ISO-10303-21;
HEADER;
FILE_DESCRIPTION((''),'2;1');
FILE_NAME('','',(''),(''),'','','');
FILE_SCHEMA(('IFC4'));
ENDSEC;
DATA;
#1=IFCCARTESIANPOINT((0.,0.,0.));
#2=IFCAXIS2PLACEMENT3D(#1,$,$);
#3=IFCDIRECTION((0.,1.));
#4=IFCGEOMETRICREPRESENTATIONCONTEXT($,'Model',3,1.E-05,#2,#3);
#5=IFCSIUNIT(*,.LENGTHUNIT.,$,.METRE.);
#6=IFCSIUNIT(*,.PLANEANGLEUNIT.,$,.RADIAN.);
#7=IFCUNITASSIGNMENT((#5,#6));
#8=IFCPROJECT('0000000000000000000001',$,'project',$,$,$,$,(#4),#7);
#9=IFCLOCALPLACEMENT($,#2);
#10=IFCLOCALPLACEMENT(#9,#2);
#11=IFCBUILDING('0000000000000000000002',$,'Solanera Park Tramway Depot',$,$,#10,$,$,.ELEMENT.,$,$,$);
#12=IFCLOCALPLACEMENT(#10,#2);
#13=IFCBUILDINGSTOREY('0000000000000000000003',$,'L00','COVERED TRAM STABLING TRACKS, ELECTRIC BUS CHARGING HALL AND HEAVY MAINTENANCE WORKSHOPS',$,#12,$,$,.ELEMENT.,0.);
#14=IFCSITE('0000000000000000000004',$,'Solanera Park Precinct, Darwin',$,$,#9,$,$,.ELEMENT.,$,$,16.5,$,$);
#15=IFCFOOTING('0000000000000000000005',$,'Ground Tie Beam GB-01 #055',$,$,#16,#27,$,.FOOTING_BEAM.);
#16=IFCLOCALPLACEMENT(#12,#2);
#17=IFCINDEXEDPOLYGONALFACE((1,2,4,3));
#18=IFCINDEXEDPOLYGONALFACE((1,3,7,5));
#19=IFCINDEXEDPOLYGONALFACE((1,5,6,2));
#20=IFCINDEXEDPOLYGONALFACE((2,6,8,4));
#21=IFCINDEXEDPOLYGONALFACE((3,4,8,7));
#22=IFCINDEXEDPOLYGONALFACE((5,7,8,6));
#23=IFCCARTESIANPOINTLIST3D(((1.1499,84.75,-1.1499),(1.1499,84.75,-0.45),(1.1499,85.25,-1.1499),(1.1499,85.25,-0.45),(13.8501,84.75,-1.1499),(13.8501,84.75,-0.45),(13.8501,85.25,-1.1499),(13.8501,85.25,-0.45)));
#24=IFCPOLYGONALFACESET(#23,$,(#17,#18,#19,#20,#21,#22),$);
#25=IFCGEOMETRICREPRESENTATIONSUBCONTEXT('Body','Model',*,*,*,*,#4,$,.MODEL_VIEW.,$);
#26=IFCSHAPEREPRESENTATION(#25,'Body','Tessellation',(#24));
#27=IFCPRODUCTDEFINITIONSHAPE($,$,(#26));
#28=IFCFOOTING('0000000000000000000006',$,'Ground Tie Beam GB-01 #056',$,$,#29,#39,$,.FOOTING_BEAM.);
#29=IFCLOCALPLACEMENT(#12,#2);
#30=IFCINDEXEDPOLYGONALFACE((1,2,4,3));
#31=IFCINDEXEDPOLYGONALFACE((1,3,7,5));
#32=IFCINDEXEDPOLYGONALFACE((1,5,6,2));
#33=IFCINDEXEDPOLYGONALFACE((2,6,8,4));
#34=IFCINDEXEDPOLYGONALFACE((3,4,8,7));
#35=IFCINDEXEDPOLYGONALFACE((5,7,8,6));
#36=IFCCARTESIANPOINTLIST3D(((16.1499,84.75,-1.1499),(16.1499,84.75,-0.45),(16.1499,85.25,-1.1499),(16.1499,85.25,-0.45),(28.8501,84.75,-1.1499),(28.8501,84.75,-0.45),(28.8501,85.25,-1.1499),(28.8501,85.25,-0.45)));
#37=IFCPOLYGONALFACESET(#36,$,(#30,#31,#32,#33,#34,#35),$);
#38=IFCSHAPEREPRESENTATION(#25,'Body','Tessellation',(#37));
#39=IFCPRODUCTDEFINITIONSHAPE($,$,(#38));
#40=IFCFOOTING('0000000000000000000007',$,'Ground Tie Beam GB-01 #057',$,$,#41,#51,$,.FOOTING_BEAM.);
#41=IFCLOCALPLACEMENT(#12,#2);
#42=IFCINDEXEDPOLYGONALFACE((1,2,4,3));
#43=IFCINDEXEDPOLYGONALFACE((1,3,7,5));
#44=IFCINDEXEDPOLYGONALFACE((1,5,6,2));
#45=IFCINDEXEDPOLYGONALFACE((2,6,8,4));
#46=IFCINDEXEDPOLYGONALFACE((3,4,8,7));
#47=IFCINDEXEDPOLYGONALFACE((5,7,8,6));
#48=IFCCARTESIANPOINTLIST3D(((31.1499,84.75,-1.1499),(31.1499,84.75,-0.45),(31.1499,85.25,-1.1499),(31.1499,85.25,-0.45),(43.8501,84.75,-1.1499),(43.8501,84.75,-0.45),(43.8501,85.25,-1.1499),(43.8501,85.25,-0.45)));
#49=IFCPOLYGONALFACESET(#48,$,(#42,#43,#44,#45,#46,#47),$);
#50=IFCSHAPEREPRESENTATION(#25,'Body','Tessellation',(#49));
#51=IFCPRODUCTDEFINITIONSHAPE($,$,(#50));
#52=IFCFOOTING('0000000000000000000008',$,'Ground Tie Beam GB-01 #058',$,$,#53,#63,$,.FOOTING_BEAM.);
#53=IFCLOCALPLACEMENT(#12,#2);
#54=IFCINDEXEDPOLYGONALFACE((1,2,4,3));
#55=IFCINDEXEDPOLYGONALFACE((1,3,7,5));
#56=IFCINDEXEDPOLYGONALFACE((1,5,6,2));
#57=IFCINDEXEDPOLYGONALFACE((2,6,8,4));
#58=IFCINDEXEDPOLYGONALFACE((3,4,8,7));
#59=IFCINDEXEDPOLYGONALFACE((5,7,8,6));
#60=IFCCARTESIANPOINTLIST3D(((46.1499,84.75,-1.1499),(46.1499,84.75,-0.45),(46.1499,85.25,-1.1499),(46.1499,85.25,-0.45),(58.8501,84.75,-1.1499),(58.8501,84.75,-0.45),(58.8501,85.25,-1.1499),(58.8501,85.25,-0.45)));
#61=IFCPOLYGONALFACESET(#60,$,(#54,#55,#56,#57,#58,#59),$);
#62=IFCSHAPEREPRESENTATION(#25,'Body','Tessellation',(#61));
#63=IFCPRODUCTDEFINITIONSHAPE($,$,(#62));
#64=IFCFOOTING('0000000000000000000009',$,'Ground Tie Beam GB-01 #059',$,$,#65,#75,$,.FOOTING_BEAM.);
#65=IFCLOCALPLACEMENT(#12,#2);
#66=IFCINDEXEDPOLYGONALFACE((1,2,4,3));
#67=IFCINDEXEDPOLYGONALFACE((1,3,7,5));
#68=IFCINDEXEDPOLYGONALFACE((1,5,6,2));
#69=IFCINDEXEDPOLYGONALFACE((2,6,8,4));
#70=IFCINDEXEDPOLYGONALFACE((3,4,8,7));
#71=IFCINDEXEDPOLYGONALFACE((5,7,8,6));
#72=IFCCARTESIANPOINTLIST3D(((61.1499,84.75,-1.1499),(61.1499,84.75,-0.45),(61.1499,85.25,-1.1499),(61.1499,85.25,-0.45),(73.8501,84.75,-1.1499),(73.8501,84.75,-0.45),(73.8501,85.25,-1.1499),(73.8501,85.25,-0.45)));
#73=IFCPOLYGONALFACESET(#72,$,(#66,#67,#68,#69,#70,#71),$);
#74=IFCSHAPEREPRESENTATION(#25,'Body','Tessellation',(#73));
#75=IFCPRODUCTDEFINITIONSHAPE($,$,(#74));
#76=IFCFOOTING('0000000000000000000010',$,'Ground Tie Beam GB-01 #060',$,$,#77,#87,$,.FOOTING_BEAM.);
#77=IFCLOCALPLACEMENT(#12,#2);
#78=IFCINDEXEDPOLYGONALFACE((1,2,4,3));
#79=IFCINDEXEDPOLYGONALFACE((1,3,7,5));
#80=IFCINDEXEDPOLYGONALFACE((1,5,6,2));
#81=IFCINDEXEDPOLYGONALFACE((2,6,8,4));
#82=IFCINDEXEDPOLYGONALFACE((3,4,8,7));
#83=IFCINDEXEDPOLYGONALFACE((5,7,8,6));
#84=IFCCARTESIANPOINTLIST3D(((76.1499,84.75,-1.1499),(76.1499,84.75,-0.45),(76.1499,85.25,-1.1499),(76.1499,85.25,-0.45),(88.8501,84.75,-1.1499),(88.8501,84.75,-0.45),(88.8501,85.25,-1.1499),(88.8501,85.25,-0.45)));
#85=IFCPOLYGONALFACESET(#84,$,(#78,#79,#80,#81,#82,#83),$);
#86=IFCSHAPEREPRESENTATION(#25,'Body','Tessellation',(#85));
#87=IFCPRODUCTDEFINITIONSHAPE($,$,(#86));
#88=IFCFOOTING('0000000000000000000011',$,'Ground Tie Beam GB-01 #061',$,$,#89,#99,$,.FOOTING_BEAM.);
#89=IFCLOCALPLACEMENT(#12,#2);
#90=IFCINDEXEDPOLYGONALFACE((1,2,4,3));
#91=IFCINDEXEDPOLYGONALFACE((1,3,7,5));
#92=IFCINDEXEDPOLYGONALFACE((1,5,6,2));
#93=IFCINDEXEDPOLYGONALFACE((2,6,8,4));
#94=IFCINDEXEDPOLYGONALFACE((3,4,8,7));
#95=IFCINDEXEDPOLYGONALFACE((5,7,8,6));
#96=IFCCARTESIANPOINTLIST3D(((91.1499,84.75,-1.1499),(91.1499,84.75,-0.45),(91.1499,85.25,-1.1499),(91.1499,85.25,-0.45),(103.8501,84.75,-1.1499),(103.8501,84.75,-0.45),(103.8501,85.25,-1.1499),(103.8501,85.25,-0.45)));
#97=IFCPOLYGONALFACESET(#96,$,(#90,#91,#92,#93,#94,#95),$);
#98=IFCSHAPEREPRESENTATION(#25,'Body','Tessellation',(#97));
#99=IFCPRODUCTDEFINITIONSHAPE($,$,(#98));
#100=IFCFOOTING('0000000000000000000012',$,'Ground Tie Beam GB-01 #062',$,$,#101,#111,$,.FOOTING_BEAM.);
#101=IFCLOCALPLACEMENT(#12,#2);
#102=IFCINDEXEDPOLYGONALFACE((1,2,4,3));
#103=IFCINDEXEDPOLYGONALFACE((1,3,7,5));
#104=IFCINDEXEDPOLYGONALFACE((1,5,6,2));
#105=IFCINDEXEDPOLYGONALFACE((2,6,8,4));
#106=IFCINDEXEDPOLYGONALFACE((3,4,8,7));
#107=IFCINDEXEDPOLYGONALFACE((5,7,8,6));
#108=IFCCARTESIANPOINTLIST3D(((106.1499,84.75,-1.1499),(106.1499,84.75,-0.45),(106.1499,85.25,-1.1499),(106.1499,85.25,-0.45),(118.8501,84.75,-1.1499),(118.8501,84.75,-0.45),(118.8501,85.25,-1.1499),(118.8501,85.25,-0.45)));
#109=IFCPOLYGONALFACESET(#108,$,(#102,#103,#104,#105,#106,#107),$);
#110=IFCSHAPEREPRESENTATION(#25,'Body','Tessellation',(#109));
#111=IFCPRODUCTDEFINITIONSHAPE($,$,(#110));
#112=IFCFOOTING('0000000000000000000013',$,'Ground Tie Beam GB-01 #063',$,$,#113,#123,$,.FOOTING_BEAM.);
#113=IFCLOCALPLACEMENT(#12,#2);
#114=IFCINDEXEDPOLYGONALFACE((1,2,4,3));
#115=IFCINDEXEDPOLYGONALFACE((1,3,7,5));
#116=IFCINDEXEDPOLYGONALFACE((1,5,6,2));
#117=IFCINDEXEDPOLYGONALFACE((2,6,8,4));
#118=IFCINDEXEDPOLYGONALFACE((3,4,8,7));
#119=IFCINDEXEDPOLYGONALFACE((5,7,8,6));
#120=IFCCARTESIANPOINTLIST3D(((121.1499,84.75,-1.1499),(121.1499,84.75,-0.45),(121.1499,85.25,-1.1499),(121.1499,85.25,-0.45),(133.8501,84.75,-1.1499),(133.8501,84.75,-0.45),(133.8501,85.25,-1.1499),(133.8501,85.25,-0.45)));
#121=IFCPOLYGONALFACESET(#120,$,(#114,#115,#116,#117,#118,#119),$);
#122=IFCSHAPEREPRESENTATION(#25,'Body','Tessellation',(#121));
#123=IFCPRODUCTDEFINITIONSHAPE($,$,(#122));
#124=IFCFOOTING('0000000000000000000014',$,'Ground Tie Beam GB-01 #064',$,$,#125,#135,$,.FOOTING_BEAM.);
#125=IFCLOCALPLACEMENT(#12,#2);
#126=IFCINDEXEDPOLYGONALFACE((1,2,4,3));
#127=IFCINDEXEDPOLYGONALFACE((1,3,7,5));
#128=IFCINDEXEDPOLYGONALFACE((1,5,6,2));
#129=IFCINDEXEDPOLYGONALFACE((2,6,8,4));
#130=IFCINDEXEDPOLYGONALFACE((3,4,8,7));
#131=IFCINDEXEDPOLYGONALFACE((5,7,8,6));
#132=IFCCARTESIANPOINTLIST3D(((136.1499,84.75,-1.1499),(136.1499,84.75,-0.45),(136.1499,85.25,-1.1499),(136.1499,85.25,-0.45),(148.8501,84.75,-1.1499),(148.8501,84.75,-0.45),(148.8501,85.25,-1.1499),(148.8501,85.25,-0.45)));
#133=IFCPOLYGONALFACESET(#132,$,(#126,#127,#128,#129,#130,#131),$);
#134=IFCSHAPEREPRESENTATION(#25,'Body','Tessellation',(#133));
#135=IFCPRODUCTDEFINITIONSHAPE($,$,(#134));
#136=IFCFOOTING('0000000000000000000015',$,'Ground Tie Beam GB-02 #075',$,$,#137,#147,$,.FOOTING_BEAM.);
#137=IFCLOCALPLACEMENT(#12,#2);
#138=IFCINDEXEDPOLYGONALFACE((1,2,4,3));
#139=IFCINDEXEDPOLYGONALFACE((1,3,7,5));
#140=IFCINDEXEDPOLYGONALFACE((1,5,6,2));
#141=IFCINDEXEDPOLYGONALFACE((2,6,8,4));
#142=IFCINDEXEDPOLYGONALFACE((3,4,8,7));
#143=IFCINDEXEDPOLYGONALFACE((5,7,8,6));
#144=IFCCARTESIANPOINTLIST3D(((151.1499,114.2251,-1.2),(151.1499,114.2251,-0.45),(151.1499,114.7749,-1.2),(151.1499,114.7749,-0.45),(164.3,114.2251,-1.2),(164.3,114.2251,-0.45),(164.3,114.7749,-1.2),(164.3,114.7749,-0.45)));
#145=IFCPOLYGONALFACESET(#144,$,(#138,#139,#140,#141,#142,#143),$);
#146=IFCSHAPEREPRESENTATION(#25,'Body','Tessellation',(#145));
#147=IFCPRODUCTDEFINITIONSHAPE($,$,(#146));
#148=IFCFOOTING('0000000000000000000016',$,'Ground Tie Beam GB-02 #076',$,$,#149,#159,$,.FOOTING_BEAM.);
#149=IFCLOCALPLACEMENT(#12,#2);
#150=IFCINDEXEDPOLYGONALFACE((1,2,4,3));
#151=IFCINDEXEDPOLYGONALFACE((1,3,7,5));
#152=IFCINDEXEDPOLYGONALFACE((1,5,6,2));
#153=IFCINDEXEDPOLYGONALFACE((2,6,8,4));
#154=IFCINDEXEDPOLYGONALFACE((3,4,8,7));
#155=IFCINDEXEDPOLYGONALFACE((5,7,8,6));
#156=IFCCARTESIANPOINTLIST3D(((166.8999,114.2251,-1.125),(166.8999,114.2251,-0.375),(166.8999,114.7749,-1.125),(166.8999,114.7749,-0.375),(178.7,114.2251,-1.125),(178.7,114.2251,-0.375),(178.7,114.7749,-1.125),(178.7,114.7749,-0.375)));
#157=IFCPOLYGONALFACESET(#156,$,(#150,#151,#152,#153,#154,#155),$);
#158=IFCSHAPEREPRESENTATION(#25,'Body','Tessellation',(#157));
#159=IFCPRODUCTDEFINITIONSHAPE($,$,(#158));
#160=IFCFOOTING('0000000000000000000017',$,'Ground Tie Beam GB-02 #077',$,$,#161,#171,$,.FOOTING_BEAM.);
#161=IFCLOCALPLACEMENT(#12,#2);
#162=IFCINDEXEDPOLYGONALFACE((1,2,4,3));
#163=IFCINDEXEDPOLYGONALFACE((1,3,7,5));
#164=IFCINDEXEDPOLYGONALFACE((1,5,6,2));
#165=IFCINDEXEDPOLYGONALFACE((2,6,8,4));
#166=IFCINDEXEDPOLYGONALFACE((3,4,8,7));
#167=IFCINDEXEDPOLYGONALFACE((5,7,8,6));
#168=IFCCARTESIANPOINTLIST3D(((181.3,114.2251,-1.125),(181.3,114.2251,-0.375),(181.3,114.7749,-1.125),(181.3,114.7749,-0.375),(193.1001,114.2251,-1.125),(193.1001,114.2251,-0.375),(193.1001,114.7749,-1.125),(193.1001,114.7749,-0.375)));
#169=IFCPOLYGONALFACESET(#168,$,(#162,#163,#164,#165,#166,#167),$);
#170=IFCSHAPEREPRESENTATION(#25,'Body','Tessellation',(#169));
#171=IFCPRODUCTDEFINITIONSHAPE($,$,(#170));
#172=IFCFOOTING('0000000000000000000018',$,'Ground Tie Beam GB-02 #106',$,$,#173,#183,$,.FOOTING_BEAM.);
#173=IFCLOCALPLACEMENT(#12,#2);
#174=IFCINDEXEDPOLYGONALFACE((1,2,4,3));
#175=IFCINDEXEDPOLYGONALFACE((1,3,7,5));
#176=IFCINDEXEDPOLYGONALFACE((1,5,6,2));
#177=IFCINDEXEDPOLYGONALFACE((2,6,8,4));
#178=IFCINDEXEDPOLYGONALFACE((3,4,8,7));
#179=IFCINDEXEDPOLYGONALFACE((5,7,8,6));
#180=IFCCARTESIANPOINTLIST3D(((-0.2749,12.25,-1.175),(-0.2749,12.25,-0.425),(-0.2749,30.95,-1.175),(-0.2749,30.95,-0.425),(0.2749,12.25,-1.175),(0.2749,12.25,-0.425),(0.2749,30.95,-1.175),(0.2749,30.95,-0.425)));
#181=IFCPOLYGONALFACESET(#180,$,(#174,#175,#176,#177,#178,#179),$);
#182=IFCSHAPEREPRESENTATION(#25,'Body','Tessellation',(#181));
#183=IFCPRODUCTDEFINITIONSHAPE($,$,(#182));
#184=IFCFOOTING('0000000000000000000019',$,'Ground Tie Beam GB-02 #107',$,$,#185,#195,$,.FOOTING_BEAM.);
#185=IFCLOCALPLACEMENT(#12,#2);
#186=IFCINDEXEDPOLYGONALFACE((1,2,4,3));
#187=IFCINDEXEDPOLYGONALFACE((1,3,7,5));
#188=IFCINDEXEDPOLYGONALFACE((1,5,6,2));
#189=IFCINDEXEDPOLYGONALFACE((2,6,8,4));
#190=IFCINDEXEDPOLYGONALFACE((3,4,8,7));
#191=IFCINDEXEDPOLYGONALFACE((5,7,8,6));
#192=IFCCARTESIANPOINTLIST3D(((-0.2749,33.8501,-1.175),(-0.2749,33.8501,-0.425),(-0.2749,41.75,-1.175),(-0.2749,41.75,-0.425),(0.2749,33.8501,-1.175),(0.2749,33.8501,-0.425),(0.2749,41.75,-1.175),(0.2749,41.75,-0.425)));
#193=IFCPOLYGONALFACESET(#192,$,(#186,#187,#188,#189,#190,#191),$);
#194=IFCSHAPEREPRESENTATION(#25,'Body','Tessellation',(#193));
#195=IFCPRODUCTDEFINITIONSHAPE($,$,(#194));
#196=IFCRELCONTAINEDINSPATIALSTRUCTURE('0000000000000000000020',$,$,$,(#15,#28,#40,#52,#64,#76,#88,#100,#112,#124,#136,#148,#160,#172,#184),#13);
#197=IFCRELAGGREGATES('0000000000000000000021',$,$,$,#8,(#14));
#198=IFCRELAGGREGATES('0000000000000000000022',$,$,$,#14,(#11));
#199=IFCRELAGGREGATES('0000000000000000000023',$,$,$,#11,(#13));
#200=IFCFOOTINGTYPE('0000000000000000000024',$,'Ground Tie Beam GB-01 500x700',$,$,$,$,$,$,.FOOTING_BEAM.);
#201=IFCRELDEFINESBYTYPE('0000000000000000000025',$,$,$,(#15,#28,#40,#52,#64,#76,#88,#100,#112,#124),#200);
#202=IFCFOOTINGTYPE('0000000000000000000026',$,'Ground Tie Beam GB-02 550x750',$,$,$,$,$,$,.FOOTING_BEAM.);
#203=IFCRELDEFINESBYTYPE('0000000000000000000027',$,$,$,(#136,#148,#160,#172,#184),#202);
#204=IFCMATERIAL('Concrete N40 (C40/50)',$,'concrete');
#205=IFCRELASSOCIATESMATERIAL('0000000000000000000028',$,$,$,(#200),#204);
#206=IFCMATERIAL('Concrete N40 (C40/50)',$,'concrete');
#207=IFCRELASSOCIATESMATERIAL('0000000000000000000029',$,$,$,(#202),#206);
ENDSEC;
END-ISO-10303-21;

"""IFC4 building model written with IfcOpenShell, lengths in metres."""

from ifc_helpers import new_model, si_unit, direction, frame, origin, place, context, subcontext, project, spatial, polyline, outline, extrude, material, type_object, element, save


model = new_model("IFC4")

# Units and contexts
model_context = context("Model", 3, precision=1e-05, world=origin(), true_north=direction((0.0, 1.0)))
body_context = subcontext(model_context, "Body", "Model", "MODEL_VIEW")
ifc_project = project(units=[si_unit("LENGTHUNIT", "METRE"), si_unit("PLANEANGLEUNIT", "RADIAN")], contexts=[model_context])

# Site, building, storey
site_placement = place(None, origin())
site = spatial("IfcSite", under=ifc_project, at=site_placement, Name="Solanera Park Precinct, Darwin", CompositionType="ELEMENT", RefElevation=16.5)
building_placement = place(site_placement, origin())
building = spatial("IfcBuilding", under=site, at=building_placement, Name="Solanera Park Tramway Depot", CompositionType="ELEMENT")
storey_placement = place(building_placement, origin())
storey = spatial("IfcBuildingStorey", under=building, at=storey_placement, Name="L00", Description="COVERED TRAM STABLING TRACKS, ELECTRIC BUS CHARGING HALL AND HEAVY MAINTENANCE WORKSHOPS", CompositionType="ELEMENT", Elevation=0.0)

# Footings
ifc_material_1 = material(Name="Concrete N40 (C40/50)", Category="concrete")
footing_type_1 = type_object("IfcFootingType", Name="Ground Tie Beam GB-01 500x700", PredefinedType="FOOTING_BEAM", material=ifc_material_1)
footing_1_placement = place(storey_placement, frame((0.0, 0.0, -1.1499)))
element("IfcFooting", 1, at=footing_1_placement, inside=storey, type_object=footing_type_1, Name="Ground Tie Beam GB-01 #055", PredefinedType="FOOTING_BEAM", context=body_context, shape_type="SweptSolid", body=[
    extrude(outline(polyline([(13.8501, 84.75), (13.8501, 85.25), (1.1499, 85.25), (1.1499, 84.75), (13.8501, 84.75)])), origin(), (0.0, 0.0, 1.0), 0.7),
])
footing_2_placement = place(storey_placement, frame((0.0, 0.0, -1.1499)))
element("IfcFooting", 2, at=footing_2_placement, inside=storey, type_object=footing_type_1, Name="Ground Tie Beam GB-01 #056", PredefinedType="FOOTING_BEAM", context=body_context, shape_type="SweptSolid", body=[
    extrude(outline(polyline([(28.8501, 84.75), (28.8501, 85.25), (16.1499, 85.25), (16.1499, 84.75), (28.8501, 84.75)])), origin(), (0.0, 0.0, 1.0), 0.7),
])
footing_3_placement = place(storey_placement, frame((0.0, 0.0, -1.1499)))
element("IfcFooting", 3, at=footing_3_placement, inside=storey, type_object=footing_type_1, Name="Ground Tie Beam GB-01 #057", PredefinedType="FOOTING_BEAM", context=body_context, shape_type="SweptSolid", body=[
    extrude(outline(polyline([(43.8501, 84.75), (43.8501, 85.25), (31.1499, 85.25), (31.1499, 84.75), (43.8501, 84.75)])), origin(), (0.0, 0.0, 1.0), 0.7),
])
footing_4_placement = place(storey_placement, frame((0.0, 0.0, -1.1499)))
element("IfcFooting", 4, at=footing_4_placement, inside=storey, type_object=footing_type_1, Name="Ground Tie Beam GB-01 #058", PredefinedType="FOOTING_BEAM", context=body_context, shape_type="SweptSolid", body=[
    extrude(outline(polyline([(58.8501, 84.75), (58.8501, 85.25), (46.1499, 85.25), (46.1499, 84.75), (58.8501, 84.75)])), origin(), (0.0, 0.0, 1.0), 0.7),
])
footing_5_placement = place(storey_placement, frame((0.0, 0.0, -1.1499)))
element("IfcFooting", 5, at=footing_5_placement, inside=storey, type_object=footing_type_1, Name="Ground Tie Beam GB-01 #059", PredefinedType="FOOTING_BEAM", context=body_context, shape_type="SweptSolid", body=[
    extrude(outline(polyline([(73.8501, 84.75), (73.8501, 85.25), (61.1499, 85.25), (61.1499, 84.75), (73.8501, 84.75)])), origin(), (0.0, 0.0, 1.0), 0.7),
])
footing_6_placement = place(storey_placement, frame((0.0, 0.0, -1.1499)))
element("IfcFooting", 6, at=footing_6_placement, inside=storey, type_object=footing_type_1, Name="Ground Tie Beam GB-01 #060", PredefinedType="FOOTING_BEAM", context=body_context, shape_type="SweptSolid", body=[
    extrude(outline(polyline([(88.8501, 84.75), (88.8501, 85.25), (76.1499, 85.25), (76.1499, 84.75), (88.8501, 84.75)])), origin(), (0.0, 0.0, 1.0), 0.7),
])
footing_7_placement = place(storey_placement, frame((0.0, 0.0, -1.1499)))
element("IfcFooting", 7, at=footing_7_placement, inside=storey, type_object=footing_type_1, Name="Ground Tie Beam GB-01 #061", PredefinedType="FOOTING_BEAM", context=body_context, shape_type="SweptSolid", body=[
    extrude(outline(polyline([(103.8501, 84.75), (103.8501, 85.25), (91.1499, 85.25), (91.1499, 84.75), (103.8501, 84.75)])), origin(), (0.0, 0.0, 1.0), 0.7),
])
footing_8_placement = place(storey_placement, frame((0.0, 0.0, -1.1499)))
element("IfcFooting", 8, at=footing_8_placement, inside=storey, type_object=footing_type_1, Name="Ground Tie Beam GB-01 #062", PredefinedType="FOOTING_BEAM", context=body_context, shape_type="SweptSolid", body=[
    extrude(outline(polyline([(118.8501, 84.75), (118.8501, 85.25), (106.1499, 85.25), (106.1499, 84.75), (118.8501, 84.75)])), origin(), (0.0, 0.0, 1.0), 0.7),
])
footing_9_placement = place(storey_placement, frame((0.0, 0.0, -1.1499)))
element("IfcFooting", 9, at=footing_9_placement, inside=storey, type_object=footing_type_1, Name="Ground Tie Beam GB-01 #063", PredefinedType="FOOTING_BEAM", context=body_context, shape_type="SweptSolid", body=[
    extrude(outline(polyline([(133.8501, 84.75), (133.8501, 85.25), (121.1499, 85.25), (121.1499, 84.75), (133.8501, 84.75)])), origin(), (0.0, 0.0, 1.0), 0.7),
])
footing_10_placement = place(storey_placement, frame((0.0, 0.0, -1.1499)))
element("IfcFooting", 10, at=footing_10_placement, inside=storey, type_object=footing_type_1, Name="Ground Tie Beam GB-01 #064", PredefinedType="FOOTING_BEAM", context=body_context, shape_type="SweptSolid", body=[
    extrude(outline(polyline([(148.8501, 84.75), (148.8501, 85.25), (136.1499, 85.25), (136.1499, 84.75), (148.8501, 84.75)])), origin(), (0.0, 0.0, 1.0), 0.7),
])
ifc_material_2 = material(Name="Concrete N40 (C40/50)", Category="concrete")
footing_type_2 = type_object("IfcFootingType", Name="Ground Tie Beam GB-02 550x750", PredefinedType="FOOTING_BEAM", material=ifc_material_2)
footing_11_placement = place(storey_placement, frame((0.0, 0.0, -1.2)))
element("IfcFooting", 11, at=footing_11_placement, inside=storey, type_object=footing_type_2, Name="Ground Tie Beam GB-02 #075", PredefinedType="FOOTING_BEAM", context=body_context, shape_type="SweptSolid", body=[
    extrude(outline(polyline([(164.3, 114.2251), (164.3, 114.7749), (151.1499, 114.7749), (151.1499, 114.2251), (164.3, 114.2251)])), origin(), (0.0, 0.0, 1.0), 0.75),
])
footing_12_placement = place(storey_placement, frame((0.0, 0.0, -1.125)))
element("IfcFooting", 12, at=footing_12_placement, inside=storey, type_object=footing_type_2, Name="Ground Tie Beam GB-02 #076", PredefinedType="FOOTING_BEAM", context=body_context, shape_type="SweptSolid", body=[
    extrude(outline(polyline([(178.7, 114.2251), (178.7, 114.7749), (166.8999, 114.7749), (166.8999, 114.2251), (178.7, 114.2251)])), origin(), (0.0, 0.0, 1.0), 0.75),
])
footing_13_placement = place(storey_placement, frame((0.0, 0.0, -1.125)))
element("IfcFooting", 13, at=footing_13_placement, inside=storey, type_object=footing_type_2, Name="Ground Tie Beam GB-02 #077", PredefinedType="FOOTING_BEAM", context=body_context, shape_type="SweptSolid", body=[
    extrude(outline(polyline([(193.1001, 114.2251), (193.1001, 114.7749), (181.3, 114.7749), (181.3, 114.2251), (193.1001, 114.2251)])), origin(), (0.0, 0.0, 1.0), 0.75),
])
footing_14_placement = place(storey_placement, frame((0.0, 0.0, -1.175)))
element("IfcFooting", 14, at=footing_14_placement, inside=storey, type_object=footing_type_2, Name="Ground Tie Beam GB-02 #106", PredefinedType="FOOTING_BEAM", context=body_context, shape_type="SweptSolid", body=[
    extrude(outline(polyline([(0.2749, 12.25), (0.2749, 30.95), (-0.2749, 30.95), (-0.2749, 12.25), (0.2749, 12.25)])), origin(), (0.0, 0.0, 1.0), 0.75),
])
footing_15_placement = place(storey_placement, frame((0.0, 0.0, -1.175)))
element("IfcFooting", 15, at=footing_15_placement, inside=storey, type_object=footing_type_2, Name="Ground Tie Beam GB-02 #107", PredefinedType="FOOTING_BEAM", context=body_context, shape_type="SweptSolid", body=[
    extrude(outline(polyline([(0.2749, 33.8501), (0.2749, 41.75), (-0.2749, 41.75), (-0.2749, 33.8501), (0.2749, 33.8501)])), origin(), (0.0, 0.0, 1.0), 0.75),
])

save(model, "model.ifc")
